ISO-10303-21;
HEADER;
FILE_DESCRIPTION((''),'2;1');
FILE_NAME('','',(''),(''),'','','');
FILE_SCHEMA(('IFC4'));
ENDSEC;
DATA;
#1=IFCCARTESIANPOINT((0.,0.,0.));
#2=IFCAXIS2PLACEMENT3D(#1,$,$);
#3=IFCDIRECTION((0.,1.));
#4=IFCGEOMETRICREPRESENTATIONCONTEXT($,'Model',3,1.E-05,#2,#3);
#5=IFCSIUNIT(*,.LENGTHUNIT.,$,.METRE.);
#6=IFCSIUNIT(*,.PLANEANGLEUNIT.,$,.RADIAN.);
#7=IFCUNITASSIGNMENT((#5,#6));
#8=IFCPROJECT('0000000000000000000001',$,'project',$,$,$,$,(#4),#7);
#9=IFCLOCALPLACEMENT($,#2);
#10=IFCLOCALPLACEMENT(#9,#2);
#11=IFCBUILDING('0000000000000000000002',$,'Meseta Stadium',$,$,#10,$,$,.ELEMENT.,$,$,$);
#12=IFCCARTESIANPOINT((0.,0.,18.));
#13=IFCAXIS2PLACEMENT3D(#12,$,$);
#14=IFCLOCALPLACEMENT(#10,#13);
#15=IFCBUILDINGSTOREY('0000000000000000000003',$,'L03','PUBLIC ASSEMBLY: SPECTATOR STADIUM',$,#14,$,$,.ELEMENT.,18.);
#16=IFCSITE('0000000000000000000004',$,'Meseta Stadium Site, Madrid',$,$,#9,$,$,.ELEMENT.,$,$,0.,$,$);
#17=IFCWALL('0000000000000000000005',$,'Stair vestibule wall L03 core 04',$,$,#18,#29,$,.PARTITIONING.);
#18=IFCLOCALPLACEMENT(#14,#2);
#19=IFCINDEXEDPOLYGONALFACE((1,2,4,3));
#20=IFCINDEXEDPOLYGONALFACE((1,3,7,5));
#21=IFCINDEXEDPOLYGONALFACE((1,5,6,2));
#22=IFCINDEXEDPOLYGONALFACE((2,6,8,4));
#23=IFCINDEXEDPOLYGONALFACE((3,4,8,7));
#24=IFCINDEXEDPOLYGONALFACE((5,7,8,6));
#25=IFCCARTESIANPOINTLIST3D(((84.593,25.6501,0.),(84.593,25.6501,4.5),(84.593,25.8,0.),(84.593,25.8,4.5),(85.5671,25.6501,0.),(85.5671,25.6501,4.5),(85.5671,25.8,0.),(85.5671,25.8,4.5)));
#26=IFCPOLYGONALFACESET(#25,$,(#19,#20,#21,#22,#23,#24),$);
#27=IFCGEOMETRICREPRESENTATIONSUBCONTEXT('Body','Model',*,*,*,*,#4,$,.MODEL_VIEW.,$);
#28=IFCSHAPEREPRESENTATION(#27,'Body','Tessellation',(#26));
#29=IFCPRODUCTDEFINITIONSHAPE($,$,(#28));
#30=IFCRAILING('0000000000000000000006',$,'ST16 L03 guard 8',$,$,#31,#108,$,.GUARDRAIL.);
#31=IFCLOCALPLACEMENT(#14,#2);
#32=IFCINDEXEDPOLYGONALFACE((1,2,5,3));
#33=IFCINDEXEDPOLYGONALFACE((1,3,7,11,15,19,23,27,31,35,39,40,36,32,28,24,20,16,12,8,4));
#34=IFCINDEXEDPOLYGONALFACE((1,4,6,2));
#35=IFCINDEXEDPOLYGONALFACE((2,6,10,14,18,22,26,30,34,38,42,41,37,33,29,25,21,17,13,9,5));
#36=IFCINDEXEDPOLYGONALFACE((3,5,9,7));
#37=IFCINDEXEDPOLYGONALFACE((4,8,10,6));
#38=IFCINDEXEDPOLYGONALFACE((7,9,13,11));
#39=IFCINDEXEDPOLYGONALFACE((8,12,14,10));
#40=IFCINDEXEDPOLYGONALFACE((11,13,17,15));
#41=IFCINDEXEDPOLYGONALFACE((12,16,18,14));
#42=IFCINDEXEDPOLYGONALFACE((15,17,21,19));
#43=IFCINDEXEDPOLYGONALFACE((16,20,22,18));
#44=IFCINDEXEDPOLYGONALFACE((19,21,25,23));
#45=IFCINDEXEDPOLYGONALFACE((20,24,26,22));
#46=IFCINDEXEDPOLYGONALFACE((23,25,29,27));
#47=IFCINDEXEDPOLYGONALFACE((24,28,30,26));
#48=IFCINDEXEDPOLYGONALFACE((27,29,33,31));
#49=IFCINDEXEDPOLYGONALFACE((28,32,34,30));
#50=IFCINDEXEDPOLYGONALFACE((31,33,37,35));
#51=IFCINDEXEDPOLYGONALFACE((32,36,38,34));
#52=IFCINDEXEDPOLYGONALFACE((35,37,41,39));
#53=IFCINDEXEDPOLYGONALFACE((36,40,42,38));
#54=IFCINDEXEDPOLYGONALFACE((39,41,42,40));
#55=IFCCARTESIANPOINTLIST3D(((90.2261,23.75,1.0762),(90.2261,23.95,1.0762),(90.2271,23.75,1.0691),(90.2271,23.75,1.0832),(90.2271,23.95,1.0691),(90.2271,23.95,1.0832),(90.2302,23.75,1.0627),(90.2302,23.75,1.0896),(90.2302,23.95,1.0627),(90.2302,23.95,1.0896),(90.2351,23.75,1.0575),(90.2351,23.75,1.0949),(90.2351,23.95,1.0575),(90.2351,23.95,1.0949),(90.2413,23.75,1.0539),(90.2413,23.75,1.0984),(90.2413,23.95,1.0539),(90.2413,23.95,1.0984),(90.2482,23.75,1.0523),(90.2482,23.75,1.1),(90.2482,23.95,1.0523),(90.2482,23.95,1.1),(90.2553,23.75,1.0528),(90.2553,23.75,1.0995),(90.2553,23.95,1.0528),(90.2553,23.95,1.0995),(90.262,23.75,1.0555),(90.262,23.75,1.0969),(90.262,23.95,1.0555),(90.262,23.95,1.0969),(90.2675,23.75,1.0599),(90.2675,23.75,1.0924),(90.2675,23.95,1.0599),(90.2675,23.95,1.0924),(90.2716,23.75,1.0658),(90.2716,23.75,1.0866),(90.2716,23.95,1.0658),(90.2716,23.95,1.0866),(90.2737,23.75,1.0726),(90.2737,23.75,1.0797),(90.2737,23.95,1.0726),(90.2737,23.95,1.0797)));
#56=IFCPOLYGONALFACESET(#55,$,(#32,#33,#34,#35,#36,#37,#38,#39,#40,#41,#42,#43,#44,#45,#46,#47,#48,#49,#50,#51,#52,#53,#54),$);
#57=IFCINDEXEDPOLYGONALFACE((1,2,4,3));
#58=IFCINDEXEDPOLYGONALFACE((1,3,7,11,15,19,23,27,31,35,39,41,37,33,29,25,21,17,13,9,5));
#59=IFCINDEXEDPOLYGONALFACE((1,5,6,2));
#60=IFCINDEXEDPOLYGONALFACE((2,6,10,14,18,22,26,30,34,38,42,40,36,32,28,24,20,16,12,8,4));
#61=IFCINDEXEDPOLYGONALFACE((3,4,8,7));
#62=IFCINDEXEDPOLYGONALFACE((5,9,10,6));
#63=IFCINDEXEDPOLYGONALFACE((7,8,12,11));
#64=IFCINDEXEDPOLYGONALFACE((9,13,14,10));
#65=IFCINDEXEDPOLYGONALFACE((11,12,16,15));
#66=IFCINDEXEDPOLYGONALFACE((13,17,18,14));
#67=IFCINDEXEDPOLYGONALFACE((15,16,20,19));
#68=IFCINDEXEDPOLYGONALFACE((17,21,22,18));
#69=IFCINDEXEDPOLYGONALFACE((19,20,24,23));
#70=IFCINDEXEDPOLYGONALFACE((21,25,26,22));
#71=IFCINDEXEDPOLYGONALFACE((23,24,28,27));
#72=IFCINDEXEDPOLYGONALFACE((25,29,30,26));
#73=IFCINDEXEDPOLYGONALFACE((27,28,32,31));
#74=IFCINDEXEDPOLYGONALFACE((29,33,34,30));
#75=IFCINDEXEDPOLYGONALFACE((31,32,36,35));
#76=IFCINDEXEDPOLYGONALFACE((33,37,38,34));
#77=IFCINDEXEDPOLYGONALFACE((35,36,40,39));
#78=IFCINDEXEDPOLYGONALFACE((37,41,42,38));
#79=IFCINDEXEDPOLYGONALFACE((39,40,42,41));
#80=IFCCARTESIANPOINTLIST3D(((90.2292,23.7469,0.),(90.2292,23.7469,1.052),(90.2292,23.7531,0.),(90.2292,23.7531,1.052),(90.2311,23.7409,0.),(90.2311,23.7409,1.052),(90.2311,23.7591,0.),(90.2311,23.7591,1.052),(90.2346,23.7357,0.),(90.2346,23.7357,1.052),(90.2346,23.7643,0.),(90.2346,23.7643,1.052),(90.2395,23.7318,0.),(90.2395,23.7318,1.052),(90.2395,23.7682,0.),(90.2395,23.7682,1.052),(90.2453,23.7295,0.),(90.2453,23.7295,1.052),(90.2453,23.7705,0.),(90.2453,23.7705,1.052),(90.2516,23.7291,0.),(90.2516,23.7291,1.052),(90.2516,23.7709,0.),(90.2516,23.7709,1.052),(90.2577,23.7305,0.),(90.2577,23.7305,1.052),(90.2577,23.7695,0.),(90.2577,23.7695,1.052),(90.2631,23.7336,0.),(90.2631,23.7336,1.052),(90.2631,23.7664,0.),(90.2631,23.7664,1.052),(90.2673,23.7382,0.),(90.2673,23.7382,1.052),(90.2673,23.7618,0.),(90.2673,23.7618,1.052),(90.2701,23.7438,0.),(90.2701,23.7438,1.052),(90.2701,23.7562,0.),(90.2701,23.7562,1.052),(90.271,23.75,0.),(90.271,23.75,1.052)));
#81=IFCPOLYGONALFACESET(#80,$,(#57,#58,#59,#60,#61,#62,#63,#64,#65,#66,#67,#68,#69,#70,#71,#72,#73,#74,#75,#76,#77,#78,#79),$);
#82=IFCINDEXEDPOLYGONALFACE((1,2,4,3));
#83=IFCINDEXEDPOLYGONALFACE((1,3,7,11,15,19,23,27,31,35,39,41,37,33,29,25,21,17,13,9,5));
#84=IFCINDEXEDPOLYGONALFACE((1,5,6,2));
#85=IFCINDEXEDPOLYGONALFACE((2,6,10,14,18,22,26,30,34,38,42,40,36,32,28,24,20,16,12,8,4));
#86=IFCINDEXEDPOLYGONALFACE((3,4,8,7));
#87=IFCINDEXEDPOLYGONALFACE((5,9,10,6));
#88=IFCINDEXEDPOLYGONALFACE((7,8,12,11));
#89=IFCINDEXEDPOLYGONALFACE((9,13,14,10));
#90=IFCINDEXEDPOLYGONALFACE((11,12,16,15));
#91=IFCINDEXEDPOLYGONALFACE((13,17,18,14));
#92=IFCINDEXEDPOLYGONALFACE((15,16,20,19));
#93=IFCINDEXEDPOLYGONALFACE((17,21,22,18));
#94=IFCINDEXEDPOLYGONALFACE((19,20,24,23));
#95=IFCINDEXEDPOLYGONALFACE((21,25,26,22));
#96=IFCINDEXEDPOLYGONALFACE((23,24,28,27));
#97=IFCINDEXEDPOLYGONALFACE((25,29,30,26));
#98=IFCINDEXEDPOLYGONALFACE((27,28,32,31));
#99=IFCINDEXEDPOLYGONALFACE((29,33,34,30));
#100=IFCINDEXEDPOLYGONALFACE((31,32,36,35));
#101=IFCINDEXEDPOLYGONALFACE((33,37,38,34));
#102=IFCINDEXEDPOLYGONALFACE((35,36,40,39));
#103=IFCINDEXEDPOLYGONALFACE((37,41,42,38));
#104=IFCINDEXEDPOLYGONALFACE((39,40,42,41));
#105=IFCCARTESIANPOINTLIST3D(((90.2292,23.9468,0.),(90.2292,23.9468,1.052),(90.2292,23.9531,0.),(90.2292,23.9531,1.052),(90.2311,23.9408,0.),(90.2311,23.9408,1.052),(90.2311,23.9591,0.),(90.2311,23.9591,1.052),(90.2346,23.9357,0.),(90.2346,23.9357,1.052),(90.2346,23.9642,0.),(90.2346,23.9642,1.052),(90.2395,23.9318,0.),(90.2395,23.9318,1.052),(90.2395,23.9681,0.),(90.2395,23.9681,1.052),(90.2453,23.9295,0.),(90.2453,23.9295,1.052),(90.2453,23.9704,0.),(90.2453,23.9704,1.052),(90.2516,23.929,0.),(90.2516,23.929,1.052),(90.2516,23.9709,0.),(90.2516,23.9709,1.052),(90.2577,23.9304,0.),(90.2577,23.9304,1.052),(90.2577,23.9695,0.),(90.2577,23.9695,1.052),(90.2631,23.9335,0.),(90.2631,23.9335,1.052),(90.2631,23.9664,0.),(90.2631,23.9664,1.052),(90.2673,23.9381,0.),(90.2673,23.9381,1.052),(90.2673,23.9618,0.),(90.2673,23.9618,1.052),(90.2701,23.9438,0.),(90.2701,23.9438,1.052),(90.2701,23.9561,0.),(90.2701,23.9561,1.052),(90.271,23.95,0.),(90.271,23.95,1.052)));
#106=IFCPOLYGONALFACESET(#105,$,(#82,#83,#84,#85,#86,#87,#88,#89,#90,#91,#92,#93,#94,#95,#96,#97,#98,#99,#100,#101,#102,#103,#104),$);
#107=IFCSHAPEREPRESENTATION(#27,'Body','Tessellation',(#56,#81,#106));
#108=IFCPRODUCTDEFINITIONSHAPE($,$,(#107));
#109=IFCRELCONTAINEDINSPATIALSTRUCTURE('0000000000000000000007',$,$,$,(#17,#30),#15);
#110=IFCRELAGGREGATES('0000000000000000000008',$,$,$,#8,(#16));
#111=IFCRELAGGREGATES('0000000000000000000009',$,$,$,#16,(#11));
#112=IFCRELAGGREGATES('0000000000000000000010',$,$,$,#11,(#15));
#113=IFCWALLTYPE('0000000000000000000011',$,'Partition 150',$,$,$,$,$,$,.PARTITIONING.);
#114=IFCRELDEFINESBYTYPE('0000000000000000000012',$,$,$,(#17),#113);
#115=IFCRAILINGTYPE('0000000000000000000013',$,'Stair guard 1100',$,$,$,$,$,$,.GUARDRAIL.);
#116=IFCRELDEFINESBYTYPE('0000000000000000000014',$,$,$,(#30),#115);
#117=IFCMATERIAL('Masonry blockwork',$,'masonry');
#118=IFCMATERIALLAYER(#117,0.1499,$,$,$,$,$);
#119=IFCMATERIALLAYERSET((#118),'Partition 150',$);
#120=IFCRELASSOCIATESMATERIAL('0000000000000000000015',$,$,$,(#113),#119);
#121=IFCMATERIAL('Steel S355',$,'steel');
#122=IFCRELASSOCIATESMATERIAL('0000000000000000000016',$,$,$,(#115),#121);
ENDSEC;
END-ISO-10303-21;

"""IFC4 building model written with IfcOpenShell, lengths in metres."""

from ifc_helpers import new_model, si_unit, direction, frame, frame_2d, origin, origin_2d, place, context, subcontext, project, spatial, rectangle, circle, extrude, material, layer, layer_set, type_object, element, save


model = new_model("IFC4")

# Units and contexts
model_context = context("Model", 3, precision=1e-05, world=origin(), true_north=direction((0.0, 1.0)))
body_context = subcontext(model_context, "Body", "Model", "MODEL_VIEW")
ifc_project = project(units=[si_unit("LENGTHUNIT", "METRE"), si_unit("PLANEANGLEUNIT", "RADIAN")], contexts=[model_context])

# Site, building, storey
site_placement = place(None, origin())
site = spatial("IfcSite", under=ifc_project, at=site_placement, Name="Meseta Stadium Site, Madrid", CompositionType="ELEMENT", RefElevation=0.0)
building_placement = place(site_placement, origin())
building = spatial("IfcBuilding", under=site, at=building_placement, Name="Meseta Stadium", CompositionType="ELEMENT")
storey_placement = place(building_placement, frame((0.0, 0.0, 18.0)))
storey = spatial("IfcBuildingStorey", under=building, at=storey_placement, Name="L03", Description="PUBLIC ASSEMBLY: SPECTATOR STADIUM", CompositionType="ELEMENT", Elevation=18.0)

# Shared definitions
ifc_material_1 = material(Name="Masonry blockwork", Category="masonry")
ifc_layer = layer(ifc_material_1, 0.1499)
ifc_layer_set = layer_set([ifc_layer], Name="Partition 150")
wall_type = type_object("IfcWallType", Name="Partition 150", PredefinedType="PARTITIONING", material=ifc_layer_set)

# Wall
wall_1_placement = place(storey_placement, frame((85.5671, 25.7251, 0.0), z_axis=(0.0, 0.0, 1.0), x_axis=(-1.0, 0.0, 0.0)))
element("IfcWall", 1, at=wall_1_placement, inside=storey, type_object=wall_type, Name="Stair vestibule wall L03 core 04", PredefinedType="PARTITIONING", context=body_context, shape_type="SweptSolid", body=[
    extrude(rectangle(XDim=0.9741, YDim=0.1499, at=frame_2d((0.4871, 0.0))), origin(), (0.0, 0.0, 1.0), 4.5),
])

# Railing
ifc_material_2 = material(Name="Steel S355", Category="steel")
railing_type = type_object("IfcRailingType", Name="Stair guard 1100", PredefinedType="GUARDRAIL", material=ifc_material_2)
railing_placement = place(storey_placement, frame((90.25, 23.75, 0.0)))
element("IfcRailing", 2, at=railing_placement, inside=storey, type_object=railing_type, Name="ST16 L03 guard 8", PredefinedType="GUARDRAIL", context=body_context, shape_type="SweptSolid", body=[
    extrude(circle(Radius=0.0239, at=origin_2d()), frame((0.0, 0.0, 1.0762), z_axis=(0.0, 1.0, 0.0), x_axis=(-1.0, 0.0, 0.0)), (0.0, 0.0, 1.0), 0.2),
    extrude(circle(Radius=0.021, at=origin_2d()), origin(), (0.0, 0.0, 1.0), 1.052),
    extrude(circle(Radius=0.021, at=origin_2d()), frame((0.0, 0.2, 0.0)), (0.0, 0.0, 1.0), 1.052),
])

save(model, "model.ifc")
